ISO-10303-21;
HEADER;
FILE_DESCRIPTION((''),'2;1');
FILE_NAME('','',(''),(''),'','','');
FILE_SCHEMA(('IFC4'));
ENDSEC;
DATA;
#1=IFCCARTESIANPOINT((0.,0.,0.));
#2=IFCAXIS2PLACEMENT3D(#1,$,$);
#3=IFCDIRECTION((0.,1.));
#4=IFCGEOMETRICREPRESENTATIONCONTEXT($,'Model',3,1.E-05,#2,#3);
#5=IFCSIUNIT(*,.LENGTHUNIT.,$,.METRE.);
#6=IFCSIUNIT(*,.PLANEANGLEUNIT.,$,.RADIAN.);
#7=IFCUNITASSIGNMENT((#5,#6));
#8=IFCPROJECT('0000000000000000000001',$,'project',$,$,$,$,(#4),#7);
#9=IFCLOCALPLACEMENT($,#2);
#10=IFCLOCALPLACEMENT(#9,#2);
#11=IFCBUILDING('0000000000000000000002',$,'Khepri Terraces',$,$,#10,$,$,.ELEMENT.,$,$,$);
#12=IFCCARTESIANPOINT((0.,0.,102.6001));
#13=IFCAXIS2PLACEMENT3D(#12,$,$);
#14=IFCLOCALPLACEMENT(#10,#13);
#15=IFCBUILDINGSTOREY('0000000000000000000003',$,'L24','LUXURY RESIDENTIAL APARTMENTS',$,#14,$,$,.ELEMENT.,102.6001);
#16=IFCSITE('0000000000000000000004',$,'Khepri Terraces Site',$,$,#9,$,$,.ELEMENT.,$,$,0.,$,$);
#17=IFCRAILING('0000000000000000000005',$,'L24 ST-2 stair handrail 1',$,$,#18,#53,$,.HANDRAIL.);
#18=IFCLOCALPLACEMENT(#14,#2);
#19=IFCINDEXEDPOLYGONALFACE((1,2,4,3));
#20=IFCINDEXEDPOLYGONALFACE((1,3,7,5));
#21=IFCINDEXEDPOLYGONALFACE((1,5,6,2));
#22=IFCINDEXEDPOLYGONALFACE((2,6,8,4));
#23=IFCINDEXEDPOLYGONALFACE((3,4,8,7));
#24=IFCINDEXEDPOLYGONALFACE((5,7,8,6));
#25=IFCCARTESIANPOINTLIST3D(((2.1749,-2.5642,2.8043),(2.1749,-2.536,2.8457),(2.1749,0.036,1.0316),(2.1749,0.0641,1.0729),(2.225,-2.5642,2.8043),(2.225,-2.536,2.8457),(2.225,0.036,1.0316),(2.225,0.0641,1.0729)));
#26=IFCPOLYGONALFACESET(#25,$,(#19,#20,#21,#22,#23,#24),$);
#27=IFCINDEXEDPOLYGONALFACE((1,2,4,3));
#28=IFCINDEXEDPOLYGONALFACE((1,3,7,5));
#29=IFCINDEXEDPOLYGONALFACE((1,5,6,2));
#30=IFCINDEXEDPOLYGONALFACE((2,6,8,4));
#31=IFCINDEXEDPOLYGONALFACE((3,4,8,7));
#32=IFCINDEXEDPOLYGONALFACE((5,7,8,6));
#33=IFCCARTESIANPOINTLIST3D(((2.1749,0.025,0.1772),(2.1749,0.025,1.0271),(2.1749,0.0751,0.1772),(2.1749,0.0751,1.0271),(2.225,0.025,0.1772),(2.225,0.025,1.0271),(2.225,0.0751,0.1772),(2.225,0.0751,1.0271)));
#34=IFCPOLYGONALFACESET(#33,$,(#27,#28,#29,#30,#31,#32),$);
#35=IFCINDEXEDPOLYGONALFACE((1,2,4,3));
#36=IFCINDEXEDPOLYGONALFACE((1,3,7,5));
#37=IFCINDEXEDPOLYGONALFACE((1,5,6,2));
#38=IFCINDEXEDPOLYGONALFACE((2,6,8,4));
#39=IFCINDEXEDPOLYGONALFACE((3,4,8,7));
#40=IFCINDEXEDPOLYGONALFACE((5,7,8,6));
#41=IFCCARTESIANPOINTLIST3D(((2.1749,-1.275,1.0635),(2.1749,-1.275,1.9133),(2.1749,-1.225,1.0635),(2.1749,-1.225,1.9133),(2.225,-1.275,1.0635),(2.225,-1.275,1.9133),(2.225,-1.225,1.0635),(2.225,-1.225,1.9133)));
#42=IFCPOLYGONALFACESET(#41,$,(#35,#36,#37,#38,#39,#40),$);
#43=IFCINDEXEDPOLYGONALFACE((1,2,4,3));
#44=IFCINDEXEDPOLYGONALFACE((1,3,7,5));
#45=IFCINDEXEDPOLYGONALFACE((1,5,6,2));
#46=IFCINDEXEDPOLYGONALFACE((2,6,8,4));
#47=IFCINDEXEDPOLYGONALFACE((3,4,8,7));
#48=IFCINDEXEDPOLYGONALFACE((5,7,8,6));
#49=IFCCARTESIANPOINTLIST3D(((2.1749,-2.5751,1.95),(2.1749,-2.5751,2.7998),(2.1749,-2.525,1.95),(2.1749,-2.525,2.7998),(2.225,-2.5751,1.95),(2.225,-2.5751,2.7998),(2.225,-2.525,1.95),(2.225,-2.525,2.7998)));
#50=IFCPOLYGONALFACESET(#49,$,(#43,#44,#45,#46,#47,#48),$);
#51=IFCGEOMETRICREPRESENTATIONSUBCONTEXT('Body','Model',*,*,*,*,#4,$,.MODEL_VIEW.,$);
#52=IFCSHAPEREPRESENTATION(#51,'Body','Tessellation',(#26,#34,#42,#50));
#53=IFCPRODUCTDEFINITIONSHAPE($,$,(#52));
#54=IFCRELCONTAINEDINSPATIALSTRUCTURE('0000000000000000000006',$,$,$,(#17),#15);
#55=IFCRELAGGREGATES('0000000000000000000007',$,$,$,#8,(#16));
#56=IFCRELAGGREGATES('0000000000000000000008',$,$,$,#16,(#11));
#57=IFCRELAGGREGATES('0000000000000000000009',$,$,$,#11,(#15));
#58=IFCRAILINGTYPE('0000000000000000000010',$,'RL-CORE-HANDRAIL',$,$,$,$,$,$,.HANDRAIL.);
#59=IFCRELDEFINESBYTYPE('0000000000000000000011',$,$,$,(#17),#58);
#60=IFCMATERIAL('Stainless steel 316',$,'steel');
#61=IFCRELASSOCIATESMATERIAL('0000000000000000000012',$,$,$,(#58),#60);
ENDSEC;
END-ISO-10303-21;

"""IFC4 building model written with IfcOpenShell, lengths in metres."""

from ifc_helpers import new_model, si_unit, direction, frame, origin, origin_2d, place, context, subcontext, project, spatial, rectangle, extrude, material, type_object, element, save


model = new_model("IFC4")

# Units and contexts
model_context = context("Model", 3, precision=1e-05, world=origin(), true_north=direction((0.0, 1.0)))
body_context = subcontext(model_context, "Body", "Model", "MODEL_VIEW")
ifc_project = project(units=[si_unit("LENGTHUNIT", "METRE"), si_unit("PLANEANGLEUNIT", "RADIAN")], contexts=[model_context])

# Site, building, storey
site_placement = place(None, origin())
site = spatial("IfcSite", under=ifc_project, at=site_placement, Name="Khepri Terraces Site", CompositionType="ELEMENT", RefElevation=0.0)
building_placement = place(site_placement, origin())
building = spatial("IfcBuilding", under=site, at=building_placement, Name="Khepri Terraces", CompositionType="ELEMENT")
storey_placement = place(building_placement, frame((0.0, 0.0, 102.6001)))
storey = spatial("IfcBuildingStorey", under=building, at=storey_placement, Name="L24", Description="LUXURY RESIDENTIAL APARTMENTS", CompositionType="ELEMENT", Elevation=102.6001)

# Railing
ifc_material_1 = material(Name="Stainless steel 316", Category="steel")
railing_type_1 = type_object("IfcRailingType", Name="RL-CORE-HANDRAIL", PredefinedType="HANDRAIL", material=ifc_material_1)
railing_1_placement = place(storey_placement, frame((2.2, 0.05, 0.1772)))
element("IfcRailing", 1, at=railing_1_placement, inside=storey, type_object=railing_type_1, Name="L24 ST-2 stair handrail 1", PredefinedType="HANDRAIL", context=body_context, shape_type="SweptSolid", body=[
    extrude(rectangle(XDim=0.05, YDim=0.05, at=origin_2d()), frame((0.0, 0.0, 0.875), z_axis=(0.0, -0.82624, 0.563318), x_axis=(1.0, 0.0, 0.0)), (0.0, 0.0, 1.0), 3.147),
    extrude(rectangle(XDim=0.05, YDim=0.05, at=origin_2d()), origin(), (0.0, 0.0, 1.0), 0.8499),
    extrude(rectangle(XDim=0.05, YDim=0.05, at=origin_2d()), frame((0.0, -1.3, 0.8862)), (0.0, 0.0, 1.0), 0.8499),
    extrude(rectangle(XDim=0.05, YDim=0.05, at=origin_2d()), frame((0.0, -2.6001, 1.7727)), (0.0, 0.0, 1.0), 0.8499),
])

save(model, "model.ifc")
